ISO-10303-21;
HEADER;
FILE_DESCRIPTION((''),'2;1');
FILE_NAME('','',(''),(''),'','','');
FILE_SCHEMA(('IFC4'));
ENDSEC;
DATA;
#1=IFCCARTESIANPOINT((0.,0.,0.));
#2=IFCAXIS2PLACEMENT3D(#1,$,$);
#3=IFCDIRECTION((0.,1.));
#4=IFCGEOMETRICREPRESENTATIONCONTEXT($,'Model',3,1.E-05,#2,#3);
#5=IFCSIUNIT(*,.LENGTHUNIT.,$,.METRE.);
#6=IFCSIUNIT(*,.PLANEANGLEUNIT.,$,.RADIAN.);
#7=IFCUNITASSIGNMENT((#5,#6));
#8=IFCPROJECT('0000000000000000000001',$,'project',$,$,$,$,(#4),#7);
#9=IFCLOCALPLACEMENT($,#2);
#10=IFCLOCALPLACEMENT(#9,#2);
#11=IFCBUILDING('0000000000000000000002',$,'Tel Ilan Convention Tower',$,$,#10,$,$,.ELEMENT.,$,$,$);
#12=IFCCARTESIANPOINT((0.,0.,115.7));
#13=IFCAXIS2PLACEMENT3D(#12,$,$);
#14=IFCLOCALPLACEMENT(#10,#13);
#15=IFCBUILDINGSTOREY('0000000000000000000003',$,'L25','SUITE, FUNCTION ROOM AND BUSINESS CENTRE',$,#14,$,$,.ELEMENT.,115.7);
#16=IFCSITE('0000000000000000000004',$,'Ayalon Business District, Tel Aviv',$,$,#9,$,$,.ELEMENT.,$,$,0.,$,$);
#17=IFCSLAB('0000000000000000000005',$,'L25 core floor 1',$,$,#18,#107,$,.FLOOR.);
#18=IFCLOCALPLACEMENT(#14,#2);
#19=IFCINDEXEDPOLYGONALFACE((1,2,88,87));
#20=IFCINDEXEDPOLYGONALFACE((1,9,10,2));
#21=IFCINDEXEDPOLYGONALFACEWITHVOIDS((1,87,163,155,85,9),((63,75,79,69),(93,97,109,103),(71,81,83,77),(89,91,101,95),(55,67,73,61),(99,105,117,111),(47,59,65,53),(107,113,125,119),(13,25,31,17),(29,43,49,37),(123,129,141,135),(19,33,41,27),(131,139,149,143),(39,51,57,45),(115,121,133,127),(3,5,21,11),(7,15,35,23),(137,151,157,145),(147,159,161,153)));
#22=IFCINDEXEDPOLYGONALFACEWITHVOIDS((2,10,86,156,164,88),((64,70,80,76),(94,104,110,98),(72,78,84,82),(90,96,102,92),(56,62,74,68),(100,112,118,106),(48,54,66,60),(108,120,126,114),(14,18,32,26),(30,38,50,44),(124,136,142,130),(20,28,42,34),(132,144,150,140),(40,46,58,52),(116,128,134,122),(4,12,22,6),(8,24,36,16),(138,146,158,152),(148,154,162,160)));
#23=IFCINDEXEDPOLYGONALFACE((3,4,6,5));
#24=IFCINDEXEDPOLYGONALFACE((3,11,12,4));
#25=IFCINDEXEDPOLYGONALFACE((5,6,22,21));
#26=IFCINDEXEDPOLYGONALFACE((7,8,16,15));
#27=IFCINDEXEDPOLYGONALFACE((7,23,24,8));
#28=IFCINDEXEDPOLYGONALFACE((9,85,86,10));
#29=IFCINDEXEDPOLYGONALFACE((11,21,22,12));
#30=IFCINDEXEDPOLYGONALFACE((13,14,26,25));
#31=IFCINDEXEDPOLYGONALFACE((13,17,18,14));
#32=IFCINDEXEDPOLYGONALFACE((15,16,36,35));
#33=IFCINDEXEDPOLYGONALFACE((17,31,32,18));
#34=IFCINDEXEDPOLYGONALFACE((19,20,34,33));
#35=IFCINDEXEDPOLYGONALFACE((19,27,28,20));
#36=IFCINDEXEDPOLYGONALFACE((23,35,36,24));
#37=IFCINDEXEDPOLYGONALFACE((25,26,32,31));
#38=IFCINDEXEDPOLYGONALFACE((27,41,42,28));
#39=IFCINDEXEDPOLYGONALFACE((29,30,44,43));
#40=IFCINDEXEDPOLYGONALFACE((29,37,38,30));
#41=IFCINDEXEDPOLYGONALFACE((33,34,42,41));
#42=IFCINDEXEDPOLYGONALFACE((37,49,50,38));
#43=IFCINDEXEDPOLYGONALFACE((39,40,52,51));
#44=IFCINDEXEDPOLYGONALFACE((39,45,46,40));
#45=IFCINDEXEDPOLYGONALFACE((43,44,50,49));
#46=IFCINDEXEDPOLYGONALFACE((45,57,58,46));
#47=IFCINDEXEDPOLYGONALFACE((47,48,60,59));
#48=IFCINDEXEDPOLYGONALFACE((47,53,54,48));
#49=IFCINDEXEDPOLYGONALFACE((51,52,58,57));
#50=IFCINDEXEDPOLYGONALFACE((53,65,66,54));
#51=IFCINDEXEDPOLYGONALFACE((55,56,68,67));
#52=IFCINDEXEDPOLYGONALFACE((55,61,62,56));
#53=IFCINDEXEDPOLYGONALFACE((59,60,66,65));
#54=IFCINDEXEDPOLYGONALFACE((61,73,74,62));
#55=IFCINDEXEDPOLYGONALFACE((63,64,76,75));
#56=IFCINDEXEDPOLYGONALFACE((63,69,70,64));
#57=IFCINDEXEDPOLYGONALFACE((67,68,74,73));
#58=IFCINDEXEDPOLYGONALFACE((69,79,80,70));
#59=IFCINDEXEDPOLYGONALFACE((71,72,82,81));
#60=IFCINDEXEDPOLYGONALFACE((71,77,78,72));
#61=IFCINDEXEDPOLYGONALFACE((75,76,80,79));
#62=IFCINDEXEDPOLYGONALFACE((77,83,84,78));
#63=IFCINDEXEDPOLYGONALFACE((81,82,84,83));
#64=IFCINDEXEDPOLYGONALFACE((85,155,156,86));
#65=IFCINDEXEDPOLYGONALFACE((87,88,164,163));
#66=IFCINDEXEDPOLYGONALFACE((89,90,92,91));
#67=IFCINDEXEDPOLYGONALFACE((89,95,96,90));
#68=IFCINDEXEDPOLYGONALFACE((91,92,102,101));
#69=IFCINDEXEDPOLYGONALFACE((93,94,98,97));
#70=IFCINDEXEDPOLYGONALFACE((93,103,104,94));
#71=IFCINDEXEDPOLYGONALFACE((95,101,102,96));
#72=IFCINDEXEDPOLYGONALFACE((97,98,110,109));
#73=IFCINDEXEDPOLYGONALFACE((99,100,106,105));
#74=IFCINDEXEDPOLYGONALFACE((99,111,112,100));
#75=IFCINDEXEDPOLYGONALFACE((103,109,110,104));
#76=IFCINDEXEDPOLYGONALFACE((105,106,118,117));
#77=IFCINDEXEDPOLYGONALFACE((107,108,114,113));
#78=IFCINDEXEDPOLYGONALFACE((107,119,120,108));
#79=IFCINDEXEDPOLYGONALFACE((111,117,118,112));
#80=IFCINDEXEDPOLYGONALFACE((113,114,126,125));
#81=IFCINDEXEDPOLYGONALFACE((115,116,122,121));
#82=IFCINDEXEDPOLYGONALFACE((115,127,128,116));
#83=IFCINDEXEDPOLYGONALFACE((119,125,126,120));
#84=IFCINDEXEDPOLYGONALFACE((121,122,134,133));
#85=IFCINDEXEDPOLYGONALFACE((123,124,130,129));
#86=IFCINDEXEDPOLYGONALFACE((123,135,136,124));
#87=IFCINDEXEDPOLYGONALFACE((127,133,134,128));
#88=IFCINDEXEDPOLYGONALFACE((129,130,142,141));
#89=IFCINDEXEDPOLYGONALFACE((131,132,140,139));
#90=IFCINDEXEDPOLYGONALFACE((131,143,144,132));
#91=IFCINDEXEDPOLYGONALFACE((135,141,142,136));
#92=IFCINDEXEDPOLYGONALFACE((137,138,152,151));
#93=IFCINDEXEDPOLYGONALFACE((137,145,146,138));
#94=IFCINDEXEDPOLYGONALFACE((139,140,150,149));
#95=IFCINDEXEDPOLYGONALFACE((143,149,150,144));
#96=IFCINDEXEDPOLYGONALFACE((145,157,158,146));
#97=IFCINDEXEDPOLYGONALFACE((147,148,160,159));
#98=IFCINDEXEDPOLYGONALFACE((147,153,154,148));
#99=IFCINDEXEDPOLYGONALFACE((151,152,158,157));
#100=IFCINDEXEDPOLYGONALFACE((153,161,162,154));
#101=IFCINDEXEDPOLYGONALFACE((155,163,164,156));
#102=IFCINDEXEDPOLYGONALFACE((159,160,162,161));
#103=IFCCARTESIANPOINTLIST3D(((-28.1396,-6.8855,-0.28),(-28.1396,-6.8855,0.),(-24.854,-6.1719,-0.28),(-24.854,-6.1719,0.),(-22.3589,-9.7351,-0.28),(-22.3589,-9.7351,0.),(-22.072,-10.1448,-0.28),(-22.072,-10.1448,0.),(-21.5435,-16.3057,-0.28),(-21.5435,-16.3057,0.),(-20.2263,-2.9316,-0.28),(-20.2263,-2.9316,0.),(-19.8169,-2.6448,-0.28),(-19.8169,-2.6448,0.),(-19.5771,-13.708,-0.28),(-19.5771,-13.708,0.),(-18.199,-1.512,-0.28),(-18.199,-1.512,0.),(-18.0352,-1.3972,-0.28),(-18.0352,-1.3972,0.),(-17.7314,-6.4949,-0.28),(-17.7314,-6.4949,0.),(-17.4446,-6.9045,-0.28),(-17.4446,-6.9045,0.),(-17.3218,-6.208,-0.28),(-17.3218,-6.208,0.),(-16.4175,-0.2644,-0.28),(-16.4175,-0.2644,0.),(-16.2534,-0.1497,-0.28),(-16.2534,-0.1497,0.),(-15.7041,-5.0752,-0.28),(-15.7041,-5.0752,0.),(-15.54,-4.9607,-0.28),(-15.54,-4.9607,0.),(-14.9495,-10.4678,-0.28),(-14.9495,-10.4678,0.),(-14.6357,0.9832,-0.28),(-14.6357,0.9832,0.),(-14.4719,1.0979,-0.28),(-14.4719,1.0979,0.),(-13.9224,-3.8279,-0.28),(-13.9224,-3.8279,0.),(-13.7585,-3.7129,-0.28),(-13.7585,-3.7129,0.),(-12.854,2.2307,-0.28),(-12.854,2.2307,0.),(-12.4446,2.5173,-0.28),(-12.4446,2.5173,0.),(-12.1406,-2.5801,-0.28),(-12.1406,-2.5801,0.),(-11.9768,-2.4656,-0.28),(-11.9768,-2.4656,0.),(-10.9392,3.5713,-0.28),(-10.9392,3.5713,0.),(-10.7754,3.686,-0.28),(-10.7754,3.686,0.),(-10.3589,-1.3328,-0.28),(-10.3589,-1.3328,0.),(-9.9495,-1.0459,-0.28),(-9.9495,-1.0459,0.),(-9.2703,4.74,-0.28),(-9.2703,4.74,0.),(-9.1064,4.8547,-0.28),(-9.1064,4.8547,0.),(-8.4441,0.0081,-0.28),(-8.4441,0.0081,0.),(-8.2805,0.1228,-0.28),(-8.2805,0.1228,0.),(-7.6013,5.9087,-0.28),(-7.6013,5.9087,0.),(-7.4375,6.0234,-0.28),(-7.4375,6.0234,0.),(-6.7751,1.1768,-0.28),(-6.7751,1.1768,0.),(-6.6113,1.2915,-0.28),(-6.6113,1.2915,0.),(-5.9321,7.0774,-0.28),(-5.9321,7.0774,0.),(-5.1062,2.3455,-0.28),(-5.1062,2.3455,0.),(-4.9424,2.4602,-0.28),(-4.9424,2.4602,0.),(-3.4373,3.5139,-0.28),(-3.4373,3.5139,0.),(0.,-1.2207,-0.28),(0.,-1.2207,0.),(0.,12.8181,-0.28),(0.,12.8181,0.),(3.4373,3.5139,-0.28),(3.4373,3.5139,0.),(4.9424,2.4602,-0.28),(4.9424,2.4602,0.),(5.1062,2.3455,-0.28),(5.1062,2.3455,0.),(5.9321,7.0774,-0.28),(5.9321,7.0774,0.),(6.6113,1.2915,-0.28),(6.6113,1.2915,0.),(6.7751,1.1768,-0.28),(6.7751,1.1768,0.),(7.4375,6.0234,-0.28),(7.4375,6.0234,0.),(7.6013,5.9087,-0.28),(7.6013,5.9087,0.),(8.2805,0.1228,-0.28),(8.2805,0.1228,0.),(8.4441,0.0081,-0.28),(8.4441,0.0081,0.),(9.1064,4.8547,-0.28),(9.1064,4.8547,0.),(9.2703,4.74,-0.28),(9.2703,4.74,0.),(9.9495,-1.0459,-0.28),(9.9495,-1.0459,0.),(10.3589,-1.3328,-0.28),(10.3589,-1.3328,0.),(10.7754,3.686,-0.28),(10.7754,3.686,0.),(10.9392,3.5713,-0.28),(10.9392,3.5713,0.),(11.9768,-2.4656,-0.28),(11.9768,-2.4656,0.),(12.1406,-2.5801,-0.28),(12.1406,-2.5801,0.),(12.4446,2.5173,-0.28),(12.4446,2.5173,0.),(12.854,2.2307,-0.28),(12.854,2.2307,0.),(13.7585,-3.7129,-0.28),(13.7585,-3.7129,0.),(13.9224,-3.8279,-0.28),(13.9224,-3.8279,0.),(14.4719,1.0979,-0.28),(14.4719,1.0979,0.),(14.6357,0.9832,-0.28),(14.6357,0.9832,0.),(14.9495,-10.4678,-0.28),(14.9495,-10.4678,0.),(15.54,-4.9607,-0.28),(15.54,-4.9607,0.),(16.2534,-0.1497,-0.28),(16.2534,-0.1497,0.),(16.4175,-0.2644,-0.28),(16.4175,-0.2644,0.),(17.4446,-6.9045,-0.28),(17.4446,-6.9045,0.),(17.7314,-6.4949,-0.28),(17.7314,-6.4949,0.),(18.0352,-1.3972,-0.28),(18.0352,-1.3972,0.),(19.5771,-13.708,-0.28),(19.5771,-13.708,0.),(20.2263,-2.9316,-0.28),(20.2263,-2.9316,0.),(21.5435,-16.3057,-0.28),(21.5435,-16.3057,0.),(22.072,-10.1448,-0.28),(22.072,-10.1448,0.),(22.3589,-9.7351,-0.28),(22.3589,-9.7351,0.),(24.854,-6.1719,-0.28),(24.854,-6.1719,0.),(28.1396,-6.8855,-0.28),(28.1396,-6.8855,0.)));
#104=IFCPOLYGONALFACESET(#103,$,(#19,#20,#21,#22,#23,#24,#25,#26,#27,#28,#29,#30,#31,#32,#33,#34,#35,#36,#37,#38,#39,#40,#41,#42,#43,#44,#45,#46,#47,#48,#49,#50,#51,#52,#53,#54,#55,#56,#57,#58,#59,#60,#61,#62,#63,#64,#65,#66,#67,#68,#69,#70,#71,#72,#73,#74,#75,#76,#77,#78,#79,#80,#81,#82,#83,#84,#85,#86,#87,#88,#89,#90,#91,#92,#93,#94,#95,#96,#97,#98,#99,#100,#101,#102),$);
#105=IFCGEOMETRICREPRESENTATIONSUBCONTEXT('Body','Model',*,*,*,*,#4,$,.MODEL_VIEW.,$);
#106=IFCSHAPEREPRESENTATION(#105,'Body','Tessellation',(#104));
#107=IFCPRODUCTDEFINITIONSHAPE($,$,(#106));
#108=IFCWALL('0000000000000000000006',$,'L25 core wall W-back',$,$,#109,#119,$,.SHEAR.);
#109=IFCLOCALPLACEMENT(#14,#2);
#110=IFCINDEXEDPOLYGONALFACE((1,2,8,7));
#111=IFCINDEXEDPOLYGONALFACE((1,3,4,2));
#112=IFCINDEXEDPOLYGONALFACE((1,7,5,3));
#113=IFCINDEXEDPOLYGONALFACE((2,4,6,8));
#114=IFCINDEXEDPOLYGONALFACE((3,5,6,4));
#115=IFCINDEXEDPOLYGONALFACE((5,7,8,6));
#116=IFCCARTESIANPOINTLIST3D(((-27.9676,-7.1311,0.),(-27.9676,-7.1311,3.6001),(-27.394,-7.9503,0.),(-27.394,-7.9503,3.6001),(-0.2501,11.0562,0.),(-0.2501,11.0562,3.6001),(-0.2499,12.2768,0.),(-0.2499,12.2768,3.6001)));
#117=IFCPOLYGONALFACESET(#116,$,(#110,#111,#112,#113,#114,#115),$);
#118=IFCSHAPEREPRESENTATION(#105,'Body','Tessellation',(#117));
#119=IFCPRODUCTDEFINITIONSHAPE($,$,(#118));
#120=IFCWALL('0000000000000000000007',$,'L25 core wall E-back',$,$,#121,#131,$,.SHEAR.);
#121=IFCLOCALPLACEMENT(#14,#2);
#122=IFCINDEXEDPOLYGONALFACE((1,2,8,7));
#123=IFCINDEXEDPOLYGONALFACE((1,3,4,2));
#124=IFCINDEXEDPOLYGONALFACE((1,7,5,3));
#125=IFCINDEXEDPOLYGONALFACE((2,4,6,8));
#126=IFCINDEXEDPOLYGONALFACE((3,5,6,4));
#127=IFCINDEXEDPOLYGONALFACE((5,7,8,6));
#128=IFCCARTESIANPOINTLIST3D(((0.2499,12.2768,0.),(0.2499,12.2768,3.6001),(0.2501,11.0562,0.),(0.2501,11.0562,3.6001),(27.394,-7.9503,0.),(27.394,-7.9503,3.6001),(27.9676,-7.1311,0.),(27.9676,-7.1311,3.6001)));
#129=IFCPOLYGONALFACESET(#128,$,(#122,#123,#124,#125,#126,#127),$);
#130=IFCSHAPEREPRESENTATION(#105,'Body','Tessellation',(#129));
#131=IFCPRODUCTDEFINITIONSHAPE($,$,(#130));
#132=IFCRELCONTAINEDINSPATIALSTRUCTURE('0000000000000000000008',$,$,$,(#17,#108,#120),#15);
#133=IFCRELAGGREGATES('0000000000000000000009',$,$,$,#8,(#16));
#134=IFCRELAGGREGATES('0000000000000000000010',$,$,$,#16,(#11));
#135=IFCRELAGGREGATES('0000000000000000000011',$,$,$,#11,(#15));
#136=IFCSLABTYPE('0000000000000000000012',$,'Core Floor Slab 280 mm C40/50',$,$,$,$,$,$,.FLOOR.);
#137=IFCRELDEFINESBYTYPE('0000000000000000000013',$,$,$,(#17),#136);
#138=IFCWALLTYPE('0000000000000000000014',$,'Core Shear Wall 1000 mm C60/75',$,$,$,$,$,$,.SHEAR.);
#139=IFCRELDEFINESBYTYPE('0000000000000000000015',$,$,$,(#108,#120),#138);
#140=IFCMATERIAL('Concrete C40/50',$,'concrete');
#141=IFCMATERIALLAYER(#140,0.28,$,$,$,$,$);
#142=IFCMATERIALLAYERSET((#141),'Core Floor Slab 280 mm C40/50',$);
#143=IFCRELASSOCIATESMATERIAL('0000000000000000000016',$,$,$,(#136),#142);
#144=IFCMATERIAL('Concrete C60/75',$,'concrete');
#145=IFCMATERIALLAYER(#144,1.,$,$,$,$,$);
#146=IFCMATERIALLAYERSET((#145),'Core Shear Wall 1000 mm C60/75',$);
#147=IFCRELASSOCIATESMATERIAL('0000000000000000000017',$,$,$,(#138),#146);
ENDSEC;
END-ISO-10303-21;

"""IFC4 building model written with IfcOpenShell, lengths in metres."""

from ifc_helpers import new_model, si_unit, direction, frame, origin, place, context, subcontext, project, spatial, polyline, outline, extrude, material, layer, layer_set, type_object, element, save


model = new_model("IFC4")

# Units and contexts
model_context = context("Model", 3, precision=1e-05, world=origin(), true_north=direction((0.0, 1.0)))
body_context = subcontext(model_context, "Body", "Model", "MODEL_VIEW")
ifc_project = project(units=[si_unit("LENGTHUNIT", "METRE"), si_unit("PLANEANGLEUNIT", "RADIAN")], contexts=[model_context])

# Site, building, storey
site_placement = place(None, origin())
site = spatial("IfcSite", under=ifc_project, at=site_placement, Name="Ayalon Business District, Tel Aviv", CompositionType="ELEMENT", RefElevation=0.0)
building_placement = place(site_placement, origin())
building = spatial("IfcBuilding", under=site, at=building_placement, Name="Tel Ilan Convention Tower", CompositionType="ELEMENT")
storey_placement = place(building_placement, frame((0.0, 0.0, 115.7)))
storey = spatial("IfcBuildingStorey", under=building, at=storey_placement, Name="L25", Description="SUITE, FUNCTION ROOM AND BUSINESS CENTRE", CompositionType="ELEMENT", Elevation=115.7)

# Slab
ifc_material_1 = material(Name="Concrete C40/50", Category="concrete")
ifc_layer_1 = layer(ifc_material_1, 0.28)
ifc_layer_set_1 = layer_set([ifc_layer_1], Name="Core Floor Slab 280 mm C40/50")
slab_type_1 = type_object("IfcSlabType", Name="Core Floor Slab 280 mm C40/50", PredefinedType="FLOOR", material=ifc_layer_set_1)
slab_1_placement = place(storey_placement, frame((0.0, 0.0, -0.28)))
element("IfcSlab", 1, at=slab_1_placement, inside=storey, type_object=slab_type_1, Name="L25 core floor 1", PredefinedType="FLOOR", context=body_context, shape_type="SweptSolid", body=[
    extrude(outline(polyline([(-28.1396, -6.8855), (0.0, 12.8181), (28.1396, -6.8855), (21.5435, -16.3057), (0.0, -1.2207), (-21.5435, -16.3057), (-28.1396, -6.8855)]), holes=[polyline([(-14.9495, -10.4678), (-17.4446, -6.9045), (-22.072, -10.1448), (-19.5771, -13.708), (-14.9495, -10.4678)]), polyline([(-17.7314, -6.4949), (-20.2263, -2.9316), (-24.854, -6.1719), (-22.3589, -9.7351), (-17.7314, -6.4949)]), polyline([(-18.199, -1.512), (-19.8169, -2.6448), (-17.3218, -6.208), (-15.7041, -5.0752), (-18.199, -1.512)]), polyline([(-16.4175, -0.2644), (-18.0352, -1.3972), (-15.54, -4.9607), (-13.9224, -3.8279), (-16.4175, -0.2644)]), polyline([(-14.6357, 0.9832), (-16.2534, -0.1497), (-13.7585, -3.7129), (-12.1406, -2.5801), (-14.6357, 0.9832)]), polyline([(-12.854, 2.2307), (-14.4719, 1.0979), (-11.9768, -2.4656), (-10.3589, -1.3328), (-12.854, 2.2307)]), polyline([(-10.9392, 3.5713), (-12.4446, 2.5173), (-9.9495, -1.0459), (-8.4441, 0.0081), (-10.9392, 3.5713)]), polyline([(-6.7751, 1.1768), (-9.2703, 4.74), (-10.7754, 3.686), (-8.2805, 0.1228), (-6.7751, 1.1768)]), polyline([(-5.1062, 2.3455), (-7.6013, 5.9087), (-9.1064, 4.8547), (-6.6113, 1.2915), (-5.1062, 2.3455)]), polyline([(-5.9321, 7.0774), (-7.4375, 6.0234), (-4.9424, 2.4602), (-3.4373, 3.5139), (-5.9321, 7.0774)]), polyline([(17.4446, -6.9045), (14.9495, -10.4678), (19.5771, -13.708), (22.072, -10.1448), (17.4446, -6.9045)]), polyline([(20.2263, -2.9316), (17.7314, -6.4949), (22.3589, -9.7351), (24.854, -6.1719), (20.2263, -2.9316)]), polyline([(13.9224, -3.8279), (15.54, -4.9607), (18.0352, -1.3972), (16.4175, -0.2644), (13.9224, -3.8279)]), polyline([(12.1406, -2.5801), (13.7585, -3.7129), (16.2534, -0.1497), (14.6357, 0.9832), (12.1406, -2.5801)]), polyline([(11.9768, -2.4656), (14.4719, 1.0979), (12.854, 2.2307), (10.3589, -1.3328), (11.9768, -2.4656)]), polyline([(9.9495, -1.0459), (12.4446, 2.5173), (10.9392, 3.5713), (8.4441, 0.0081), (9.9495, -1.0459)]), polyline([(8.2805, 0.1228), (10.7754, 3.686), (9.2703, 4.74), (6.7751, 1.1768), (8.2805, 0.1228)]), polyline([(5.1062, 2.3455), (6.6113, 1.2915), (9.1064, 4.8547), (7.6013, 5.9087), (5.1062, 2.3455)]), polyline([(3.4373, 3.5139), (4.9424, 2.4602), (7.4375, 6.0234), (5.9321, 7.0774), (3.4373, 3.5139)])]), origin(), (0.0, 0.0, 1.0), 0.28),
])

# Walls
ifc_material_2 = material(Name="Concrete C60/75", Category="concrete")
ifc_layer_2 = layer(ifc_material_2, 1.0)
ifc_layer_set_2 = layer_set([ifc_layer_2], Name="Core Shear Wall 1000 mm C60/75")
wall_type_1 = type_object("IfcWallType", Name="Core Shear Wall 1000 mm C60/75", PredefinedType="SHEAR", material=ifc_layer_set_2)
wall_1_placement = place(storey_placement, frame((0.0369, 11.8672, 0.0), z_axis=(0.0, 0.0, 1.0), x_axis=(-0.819155, -0.573572, 0.0)))
element("IfcWall", 2, at=wall_1_placement, inside=storey, type_object=wall_type_1, Name="L25 core wall W-back", PredefinedType="SHEAR", context=body_context, shape_type="SweptSolid", body=[
    extrude(outline(polyline([(33.8369, 0.5), (0.7002, 0.4998), (0.0, -0.5), (33.8369, -0.5), (33.8369, 0.5)])), origin(), (0.0, 0.0, 1.0), 3.6001),
])
wall_2_placement = place(storey_placement, frame((-0.0369, 11.8672, 0.0), z_axis=(0.0, 0.0, 1.0), x_axis=(0.819155, -0.573572, 0.0)))
element("IfcWall", 3, at=wall_2_placement, inside=storey, type_object=wall_type_1, Name="L25 core wall E-back", PredefinedType="SHEAR", context=body_context, shape_type="SweptSolid", body=[
    extrude(outline(polyline([(33.8369, 0.5), (0.0, 0.5), (0.7002, -0.4998), (33.8369, -0.5), (33.8369, 0.5)])), origin(), (0.0, 0.0, 1.0), 3.6001),
])

save(model, "model.ifc")
